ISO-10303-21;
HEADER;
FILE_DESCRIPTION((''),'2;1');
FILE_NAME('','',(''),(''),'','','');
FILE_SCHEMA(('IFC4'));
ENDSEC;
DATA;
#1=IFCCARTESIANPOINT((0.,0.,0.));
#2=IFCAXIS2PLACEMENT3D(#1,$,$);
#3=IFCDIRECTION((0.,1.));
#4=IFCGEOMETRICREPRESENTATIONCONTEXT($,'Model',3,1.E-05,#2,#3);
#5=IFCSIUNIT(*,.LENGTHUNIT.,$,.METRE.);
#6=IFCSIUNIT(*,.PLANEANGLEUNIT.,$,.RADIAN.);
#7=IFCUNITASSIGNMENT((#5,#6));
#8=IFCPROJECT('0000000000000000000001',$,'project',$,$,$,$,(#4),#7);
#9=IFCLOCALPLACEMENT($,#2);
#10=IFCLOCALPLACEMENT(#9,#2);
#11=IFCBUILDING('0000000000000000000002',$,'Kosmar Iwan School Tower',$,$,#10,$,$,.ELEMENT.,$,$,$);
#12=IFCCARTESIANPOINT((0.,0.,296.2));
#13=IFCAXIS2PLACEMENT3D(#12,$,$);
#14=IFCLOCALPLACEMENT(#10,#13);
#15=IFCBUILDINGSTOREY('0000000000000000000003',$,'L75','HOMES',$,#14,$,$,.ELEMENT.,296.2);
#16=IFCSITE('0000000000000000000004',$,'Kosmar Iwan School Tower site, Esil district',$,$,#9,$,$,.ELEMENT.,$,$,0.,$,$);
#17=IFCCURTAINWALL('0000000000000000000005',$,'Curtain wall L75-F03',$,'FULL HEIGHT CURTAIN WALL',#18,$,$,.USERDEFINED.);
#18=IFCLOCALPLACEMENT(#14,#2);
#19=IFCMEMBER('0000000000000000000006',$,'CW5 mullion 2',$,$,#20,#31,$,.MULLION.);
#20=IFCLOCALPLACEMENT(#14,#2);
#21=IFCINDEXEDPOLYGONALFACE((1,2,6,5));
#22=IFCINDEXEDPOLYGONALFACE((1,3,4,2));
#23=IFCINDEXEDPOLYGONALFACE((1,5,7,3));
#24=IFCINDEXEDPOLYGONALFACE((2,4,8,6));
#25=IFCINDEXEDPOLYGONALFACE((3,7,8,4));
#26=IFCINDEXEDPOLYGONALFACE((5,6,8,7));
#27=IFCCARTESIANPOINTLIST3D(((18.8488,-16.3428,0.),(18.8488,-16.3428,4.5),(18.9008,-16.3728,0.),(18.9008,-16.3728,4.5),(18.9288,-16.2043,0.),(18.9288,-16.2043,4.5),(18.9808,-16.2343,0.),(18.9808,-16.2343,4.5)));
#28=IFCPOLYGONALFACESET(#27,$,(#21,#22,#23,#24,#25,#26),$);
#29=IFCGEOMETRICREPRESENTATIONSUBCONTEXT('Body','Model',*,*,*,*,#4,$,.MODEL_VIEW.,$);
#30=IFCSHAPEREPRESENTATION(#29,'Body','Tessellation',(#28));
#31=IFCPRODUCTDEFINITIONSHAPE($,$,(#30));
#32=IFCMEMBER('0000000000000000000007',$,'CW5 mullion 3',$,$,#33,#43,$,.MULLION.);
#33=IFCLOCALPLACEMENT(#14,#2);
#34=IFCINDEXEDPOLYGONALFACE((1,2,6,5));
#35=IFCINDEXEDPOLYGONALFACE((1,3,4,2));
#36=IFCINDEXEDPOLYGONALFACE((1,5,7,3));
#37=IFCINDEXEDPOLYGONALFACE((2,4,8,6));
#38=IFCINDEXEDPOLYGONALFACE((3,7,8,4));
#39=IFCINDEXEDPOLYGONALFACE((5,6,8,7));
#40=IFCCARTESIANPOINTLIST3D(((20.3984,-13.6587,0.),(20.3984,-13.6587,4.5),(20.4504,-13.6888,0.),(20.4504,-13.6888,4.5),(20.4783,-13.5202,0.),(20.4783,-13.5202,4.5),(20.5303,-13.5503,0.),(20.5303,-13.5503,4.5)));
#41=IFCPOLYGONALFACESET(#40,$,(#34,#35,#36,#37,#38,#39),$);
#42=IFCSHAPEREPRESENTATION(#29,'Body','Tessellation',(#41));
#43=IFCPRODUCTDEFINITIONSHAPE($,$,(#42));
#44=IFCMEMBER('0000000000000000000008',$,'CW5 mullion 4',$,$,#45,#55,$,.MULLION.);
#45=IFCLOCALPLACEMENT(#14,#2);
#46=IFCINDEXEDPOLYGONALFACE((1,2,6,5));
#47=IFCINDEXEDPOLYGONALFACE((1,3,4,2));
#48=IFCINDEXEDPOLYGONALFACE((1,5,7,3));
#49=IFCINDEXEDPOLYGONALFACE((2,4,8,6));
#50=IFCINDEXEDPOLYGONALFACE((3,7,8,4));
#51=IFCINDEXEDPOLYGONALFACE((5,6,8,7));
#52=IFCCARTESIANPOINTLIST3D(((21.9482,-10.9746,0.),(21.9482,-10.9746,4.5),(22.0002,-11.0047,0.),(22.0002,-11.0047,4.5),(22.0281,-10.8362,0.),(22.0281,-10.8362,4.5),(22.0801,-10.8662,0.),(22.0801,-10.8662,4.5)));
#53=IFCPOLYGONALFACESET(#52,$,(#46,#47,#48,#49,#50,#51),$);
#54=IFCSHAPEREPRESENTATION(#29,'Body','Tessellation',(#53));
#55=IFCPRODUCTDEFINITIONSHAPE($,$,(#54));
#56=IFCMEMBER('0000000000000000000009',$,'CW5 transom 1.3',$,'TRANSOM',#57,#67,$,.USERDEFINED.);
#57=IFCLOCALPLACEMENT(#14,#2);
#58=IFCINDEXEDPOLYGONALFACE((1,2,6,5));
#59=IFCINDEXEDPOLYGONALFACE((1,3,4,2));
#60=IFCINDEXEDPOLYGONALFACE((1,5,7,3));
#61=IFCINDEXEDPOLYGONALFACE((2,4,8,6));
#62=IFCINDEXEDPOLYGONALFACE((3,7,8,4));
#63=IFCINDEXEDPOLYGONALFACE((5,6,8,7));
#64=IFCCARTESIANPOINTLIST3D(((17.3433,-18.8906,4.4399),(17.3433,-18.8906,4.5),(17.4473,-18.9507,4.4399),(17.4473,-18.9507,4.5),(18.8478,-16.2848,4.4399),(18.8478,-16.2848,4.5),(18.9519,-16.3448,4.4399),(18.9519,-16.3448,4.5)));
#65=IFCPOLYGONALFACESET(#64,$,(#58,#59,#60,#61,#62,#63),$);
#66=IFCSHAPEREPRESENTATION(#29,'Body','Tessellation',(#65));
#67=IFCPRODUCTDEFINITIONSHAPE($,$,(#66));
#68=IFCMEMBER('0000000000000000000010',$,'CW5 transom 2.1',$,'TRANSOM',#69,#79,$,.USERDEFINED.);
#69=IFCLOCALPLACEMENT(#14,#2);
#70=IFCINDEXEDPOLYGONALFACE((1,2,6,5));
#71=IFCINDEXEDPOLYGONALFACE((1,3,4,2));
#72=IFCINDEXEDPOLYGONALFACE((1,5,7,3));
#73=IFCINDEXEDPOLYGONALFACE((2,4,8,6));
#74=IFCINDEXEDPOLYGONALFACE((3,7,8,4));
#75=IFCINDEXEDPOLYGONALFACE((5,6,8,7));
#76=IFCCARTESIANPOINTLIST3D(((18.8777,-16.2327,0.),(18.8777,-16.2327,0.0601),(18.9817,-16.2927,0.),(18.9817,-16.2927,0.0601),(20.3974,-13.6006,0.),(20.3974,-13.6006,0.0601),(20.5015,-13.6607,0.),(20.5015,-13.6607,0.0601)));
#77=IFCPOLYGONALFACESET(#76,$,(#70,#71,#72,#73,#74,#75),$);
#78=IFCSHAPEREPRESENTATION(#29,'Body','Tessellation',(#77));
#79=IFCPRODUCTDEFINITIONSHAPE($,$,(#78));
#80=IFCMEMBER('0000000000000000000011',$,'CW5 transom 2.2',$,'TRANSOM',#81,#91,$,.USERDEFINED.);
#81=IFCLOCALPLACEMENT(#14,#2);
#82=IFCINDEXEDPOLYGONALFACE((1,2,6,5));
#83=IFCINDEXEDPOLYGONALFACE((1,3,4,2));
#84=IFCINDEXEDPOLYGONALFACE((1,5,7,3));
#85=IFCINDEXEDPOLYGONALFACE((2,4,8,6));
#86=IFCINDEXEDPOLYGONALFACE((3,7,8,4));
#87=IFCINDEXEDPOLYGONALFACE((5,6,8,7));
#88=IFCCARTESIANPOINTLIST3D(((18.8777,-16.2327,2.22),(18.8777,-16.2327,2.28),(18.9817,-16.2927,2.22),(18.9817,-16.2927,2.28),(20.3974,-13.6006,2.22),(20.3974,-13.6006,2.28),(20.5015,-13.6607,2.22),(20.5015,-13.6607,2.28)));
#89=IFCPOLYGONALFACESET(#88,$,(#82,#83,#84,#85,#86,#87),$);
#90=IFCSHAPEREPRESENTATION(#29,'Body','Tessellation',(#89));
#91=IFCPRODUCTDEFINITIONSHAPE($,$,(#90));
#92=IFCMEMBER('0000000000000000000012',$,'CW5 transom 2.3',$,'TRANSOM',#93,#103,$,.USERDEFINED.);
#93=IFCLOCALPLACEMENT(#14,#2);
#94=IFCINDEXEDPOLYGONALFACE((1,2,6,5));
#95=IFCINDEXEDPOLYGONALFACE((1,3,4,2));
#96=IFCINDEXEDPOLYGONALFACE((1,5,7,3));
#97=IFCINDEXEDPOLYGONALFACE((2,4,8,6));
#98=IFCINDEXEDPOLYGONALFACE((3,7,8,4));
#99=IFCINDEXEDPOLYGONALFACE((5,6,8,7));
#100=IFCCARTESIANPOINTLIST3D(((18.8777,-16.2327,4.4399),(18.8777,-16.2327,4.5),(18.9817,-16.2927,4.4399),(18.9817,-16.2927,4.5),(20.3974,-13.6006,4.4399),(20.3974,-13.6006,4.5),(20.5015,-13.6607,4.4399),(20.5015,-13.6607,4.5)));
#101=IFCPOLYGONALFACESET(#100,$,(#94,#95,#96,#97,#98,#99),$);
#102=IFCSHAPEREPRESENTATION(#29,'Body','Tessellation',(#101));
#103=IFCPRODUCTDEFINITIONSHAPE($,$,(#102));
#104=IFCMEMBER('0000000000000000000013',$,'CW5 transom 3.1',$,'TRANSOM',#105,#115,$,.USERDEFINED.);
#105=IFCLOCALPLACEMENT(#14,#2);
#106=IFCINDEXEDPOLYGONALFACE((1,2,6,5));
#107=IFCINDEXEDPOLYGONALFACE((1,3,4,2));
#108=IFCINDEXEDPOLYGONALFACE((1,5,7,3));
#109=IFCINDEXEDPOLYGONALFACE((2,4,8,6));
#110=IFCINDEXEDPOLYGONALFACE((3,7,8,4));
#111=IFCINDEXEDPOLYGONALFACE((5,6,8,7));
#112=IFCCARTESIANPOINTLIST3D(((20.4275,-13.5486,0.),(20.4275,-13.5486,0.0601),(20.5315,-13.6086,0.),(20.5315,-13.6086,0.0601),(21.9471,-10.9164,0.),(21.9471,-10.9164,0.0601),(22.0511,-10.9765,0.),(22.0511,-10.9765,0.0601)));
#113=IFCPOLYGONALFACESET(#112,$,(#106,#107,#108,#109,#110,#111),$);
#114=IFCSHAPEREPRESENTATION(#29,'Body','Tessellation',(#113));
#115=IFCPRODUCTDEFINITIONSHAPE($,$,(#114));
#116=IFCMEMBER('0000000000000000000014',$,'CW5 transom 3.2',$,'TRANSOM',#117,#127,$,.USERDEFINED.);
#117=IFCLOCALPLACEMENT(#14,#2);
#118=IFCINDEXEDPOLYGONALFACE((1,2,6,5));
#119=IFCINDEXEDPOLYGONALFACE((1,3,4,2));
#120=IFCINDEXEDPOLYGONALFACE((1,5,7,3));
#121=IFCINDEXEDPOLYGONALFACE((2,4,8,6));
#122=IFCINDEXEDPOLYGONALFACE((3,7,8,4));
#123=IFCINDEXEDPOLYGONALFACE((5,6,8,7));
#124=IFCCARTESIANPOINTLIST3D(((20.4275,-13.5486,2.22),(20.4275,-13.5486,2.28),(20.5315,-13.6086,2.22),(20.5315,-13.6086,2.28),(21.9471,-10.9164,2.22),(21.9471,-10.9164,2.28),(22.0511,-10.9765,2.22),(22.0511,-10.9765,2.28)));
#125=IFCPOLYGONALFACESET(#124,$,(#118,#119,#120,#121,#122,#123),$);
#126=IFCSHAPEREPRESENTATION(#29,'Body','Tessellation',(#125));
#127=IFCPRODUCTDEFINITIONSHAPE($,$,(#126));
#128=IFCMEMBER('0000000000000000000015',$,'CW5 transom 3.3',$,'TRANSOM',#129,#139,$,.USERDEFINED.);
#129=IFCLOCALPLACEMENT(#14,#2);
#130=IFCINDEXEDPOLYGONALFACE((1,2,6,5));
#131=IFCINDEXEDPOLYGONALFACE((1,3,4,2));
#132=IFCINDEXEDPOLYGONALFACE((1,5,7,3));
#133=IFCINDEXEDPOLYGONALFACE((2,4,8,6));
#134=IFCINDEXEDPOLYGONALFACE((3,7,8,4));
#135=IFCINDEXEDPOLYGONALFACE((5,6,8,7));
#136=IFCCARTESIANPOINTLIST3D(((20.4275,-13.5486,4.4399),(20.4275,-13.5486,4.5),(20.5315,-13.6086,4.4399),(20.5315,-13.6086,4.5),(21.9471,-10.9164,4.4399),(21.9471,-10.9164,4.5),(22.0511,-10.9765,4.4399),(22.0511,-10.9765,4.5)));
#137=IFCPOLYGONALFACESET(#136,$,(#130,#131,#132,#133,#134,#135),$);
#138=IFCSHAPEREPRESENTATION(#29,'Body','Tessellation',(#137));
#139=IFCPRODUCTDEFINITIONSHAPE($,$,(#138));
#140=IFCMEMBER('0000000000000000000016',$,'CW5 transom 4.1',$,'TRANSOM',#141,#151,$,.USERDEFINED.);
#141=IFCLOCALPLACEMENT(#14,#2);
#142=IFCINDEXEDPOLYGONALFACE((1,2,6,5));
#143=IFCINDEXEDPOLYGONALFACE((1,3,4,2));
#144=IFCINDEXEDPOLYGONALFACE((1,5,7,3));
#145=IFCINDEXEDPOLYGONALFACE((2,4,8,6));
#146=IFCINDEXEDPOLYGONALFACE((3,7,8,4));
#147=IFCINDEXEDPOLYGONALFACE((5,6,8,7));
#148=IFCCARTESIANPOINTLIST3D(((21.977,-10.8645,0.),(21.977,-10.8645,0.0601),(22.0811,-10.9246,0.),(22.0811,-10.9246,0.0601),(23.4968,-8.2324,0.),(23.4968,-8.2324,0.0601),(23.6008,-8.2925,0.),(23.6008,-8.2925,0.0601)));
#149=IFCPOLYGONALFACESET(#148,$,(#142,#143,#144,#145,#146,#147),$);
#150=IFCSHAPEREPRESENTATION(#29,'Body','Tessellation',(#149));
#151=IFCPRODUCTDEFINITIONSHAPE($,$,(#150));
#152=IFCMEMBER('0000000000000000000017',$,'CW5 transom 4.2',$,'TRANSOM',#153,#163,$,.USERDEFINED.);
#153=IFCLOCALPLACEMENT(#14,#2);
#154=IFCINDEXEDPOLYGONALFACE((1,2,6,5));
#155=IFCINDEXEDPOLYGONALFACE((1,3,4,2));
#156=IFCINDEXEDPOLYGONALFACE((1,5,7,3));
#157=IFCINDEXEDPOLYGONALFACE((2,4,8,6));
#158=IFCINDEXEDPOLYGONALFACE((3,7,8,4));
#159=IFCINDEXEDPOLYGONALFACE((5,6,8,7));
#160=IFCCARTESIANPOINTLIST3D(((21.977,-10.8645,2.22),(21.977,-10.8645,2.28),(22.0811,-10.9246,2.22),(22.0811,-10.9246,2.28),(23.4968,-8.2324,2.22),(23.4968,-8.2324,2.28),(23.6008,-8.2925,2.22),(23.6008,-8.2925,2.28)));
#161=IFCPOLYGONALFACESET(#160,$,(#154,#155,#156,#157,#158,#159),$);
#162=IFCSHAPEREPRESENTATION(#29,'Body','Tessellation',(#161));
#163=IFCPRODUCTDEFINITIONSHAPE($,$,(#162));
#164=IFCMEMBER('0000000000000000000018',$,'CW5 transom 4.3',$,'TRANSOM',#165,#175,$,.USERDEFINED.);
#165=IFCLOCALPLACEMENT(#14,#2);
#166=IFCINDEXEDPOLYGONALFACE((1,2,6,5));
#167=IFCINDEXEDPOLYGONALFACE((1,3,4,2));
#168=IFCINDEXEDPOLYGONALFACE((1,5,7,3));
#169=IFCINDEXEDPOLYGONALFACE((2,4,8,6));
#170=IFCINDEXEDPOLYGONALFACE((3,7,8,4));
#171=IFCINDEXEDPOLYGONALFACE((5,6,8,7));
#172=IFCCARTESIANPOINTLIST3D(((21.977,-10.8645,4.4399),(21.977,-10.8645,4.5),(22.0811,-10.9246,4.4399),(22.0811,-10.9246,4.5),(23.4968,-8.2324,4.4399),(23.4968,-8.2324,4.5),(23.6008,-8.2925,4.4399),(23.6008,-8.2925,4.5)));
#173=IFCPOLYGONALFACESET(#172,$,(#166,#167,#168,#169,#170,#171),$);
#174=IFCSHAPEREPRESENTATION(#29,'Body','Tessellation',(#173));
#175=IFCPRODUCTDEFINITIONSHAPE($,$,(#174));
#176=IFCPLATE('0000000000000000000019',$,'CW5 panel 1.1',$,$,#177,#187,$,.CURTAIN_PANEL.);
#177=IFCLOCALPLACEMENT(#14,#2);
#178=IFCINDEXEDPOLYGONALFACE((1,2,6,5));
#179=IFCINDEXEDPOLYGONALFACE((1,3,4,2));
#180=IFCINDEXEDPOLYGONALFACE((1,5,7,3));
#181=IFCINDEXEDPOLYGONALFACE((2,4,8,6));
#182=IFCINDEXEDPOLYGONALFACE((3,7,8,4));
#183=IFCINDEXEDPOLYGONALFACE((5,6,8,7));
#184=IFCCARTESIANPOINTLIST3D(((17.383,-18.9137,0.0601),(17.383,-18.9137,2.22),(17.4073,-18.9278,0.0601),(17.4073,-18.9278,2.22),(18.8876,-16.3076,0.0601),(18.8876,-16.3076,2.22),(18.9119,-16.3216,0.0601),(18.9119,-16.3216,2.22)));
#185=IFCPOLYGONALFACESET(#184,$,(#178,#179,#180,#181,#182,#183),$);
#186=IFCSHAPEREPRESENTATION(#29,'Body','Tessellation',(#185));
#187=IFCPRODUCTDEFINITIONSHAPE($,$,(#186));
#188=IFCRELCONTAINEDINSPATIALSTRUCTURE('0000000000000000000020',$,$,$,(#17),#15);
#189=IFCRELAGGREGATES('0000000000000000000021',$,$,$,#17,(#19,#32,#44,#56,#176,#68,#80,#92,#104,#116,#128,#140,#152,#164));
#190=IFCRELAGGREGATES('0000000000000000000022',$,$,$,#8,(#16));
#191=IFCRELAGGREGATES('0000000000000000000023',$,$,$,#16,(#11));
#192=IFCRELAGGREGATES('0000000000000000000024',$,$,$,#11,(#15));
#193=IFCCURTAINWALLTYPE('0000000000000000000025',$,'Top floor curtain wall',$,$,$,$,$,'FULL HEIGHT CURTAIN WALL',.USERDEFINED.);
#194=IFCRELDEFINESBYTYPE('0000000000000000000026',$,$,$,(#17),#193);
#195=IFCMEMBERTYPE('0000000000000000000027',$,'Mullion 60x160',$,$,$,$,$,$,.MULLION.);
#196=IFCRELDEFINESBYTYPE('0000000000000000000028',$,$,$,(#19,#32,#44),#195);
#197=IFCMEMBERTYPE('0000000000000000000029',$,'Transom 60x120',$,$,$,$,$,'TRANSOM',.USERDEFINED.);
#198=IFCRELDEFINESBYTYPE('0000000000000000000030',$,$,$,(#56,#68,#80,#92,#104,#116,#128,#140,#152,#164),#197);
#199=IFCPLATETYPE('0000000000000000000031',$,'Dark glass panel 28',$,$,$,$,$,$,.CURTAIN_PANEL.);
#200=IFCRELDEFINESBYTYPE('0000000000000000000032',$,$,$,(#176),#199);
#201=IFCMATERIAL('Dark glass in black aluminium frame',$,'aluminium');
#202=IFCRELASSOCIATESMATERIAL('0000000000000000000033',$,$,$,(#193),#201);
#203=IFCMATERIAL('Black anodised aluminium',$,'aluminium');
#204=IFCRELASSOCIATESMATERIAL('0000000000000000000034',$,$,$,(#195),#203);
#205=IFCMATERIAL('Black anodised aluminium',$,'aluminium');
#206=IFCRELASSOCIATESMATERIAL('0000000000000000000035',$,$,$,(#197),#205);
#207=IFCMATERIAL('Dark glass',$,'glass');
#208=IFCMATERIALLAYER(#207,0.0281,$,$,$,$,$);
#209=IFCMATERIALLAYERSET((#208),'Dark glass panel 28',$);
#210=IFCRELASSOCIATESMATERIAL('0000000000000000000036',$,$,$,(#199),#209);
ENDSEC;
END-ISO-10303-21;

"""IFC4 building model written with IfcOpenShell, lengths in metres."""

from ifc_helpers import new_model, si_unit, direction, frame, origin, origin_2d, place, context, subcontext, project, spatial, rectangle, extrude, material, layer, layer_set, material_profile, profile_set, type_object, element, aggregate, save


model = new_model("IFC4")

# Units and contexts
model_context = context("Model", 3, precision=1e-05, world=origin(), true_north=direction((0.0, 1.0)))
body_context = subcontext(model_context, "Body", "Model", "MODEL_VIEW")
ifc_project = project(units=[si_unit("LENGTHUNIT", "METRE"), si_unit("PLANEANGLEUNIT", "RADIAN")], contexts=[model_context])

# Site, building, storey
site_placement = place(None, origin())
site = spatial("IfcSite", under=ifc_project, at=site_placement, Name="Kosmar Iwan School Tower site, Esil district", CompositionType="ELEMENT", RefElevation=0.0)
building_placement = place(site_placement, origin())
building = spatial("IfcBuilding", under=site, at=building_placement, Name="Kosmar Iwan School Tower", CompositionType="ELEMENT")
storey_placement = place(building_placement, frame((0.0, 0.0, 296.2)))
storey = spatial("IfcBuildingStorey", under=building, at=storey_placement, Name="L75", Description="HOMES", CompositionType="ELEMENT", Elevation=296.2)

# Curtain wall, members, plate
ifc_material_1 = material(Name="Dark glass in black aluminium frame", Category="aluminium")
curtain_wall_type = type_object("IfcCurtainWallType", Name="Top floor curtain wall", ElementType="FULL HEIGHT CURTAIN WALL", PredefinedType="USERDEFINED", material=ifc_material_1)
curtain_wall_placement = place(storey_placement, origin())
curtain_wall = element("IfcCurtainWall", 1, at=curtain_wall_placement, inside=storey, type_object=curtain_wall_type, Name="Curtain wall L75-F03", ObjectType="FULL HEIGHT CURTAIN WALL", PredefinedType="USERDEFINED")
ifc_material_2 = material(Name="Black anodised aluminium", Category="aluminium")
ifc_material_profile_1 = material_profile(ifc_material_2, rectangle(XDim=0.0601, YDim=0.1599, at=origin_2d()), Name="MULLION 60x160")
ifc_profile_set_1 = profile_set([ifc_material_profile_1], Name="Black anodised aluminium")
member_type_1 = type_object("IfcMemberType", Name="Mullion 60x160", PredefinedType="MULLION", material=ifc_profile_set_1)
member_1_placement = place(storey_placement, frame((18.9148, -16.2886, 0.0), z_axis=(0.0, 0.0, 1.0), x_axis=(-0.866025, 0.5, 0.0)))
member_1 = element("IfcMember", 2, at=member_1_placement, type_object=member_type_1, Name="CW5 mullion 2", PredefinedType="MULLION", context=body_context, shape_type="SweptSolid", body=[
    extrude(rectangle(XDim=0.0601, YDim=0.1599, at=origin_2d()), origin(), (0.0, 0.0, 1.0), 4.5),
])
member_2_placement = place(storey_placement, frame((20.4644, -13.6045, 0.0), z_axis=(0.0, 0.0, 1.0), x_axis=(-0.866025, 0.5, 0.0)))
member_2 = element("IfcMember", 3, at=member_2_placement, type_object=member_type_1, Name="CW5 mullion 3", PredefinedType="MULLION", context=body_context, shape_type="SweptSolid", body=[
    extrude(rectangle(XDim=0.0601, YDim=0.1599, at=origin_2d()), origin(), (0.0, 0.0, 1.0), 4.5),
])
member_3_placement = place(storey_placement, frame((22.0142, -10.9204, 0.0), z_axis=(0.0, 0.0, 1.0), x_axis=(-0.866025, 0.5, 0.0)))
member_3 = element("IfcMember", 4, at=member_3_placement, type_object=member_type_1, Name="CW5 mullion 4", PredefinedType="MULLION", context=body_context, shape_type="SweptSolid", body=[
    extrude(rectangle(XDim=0.0601, YDim=0.1599, at=origin_2d()), origin(), (0.0, 0.0, 1.0), 4.5),
])
ifc_material_3 = material(Name="Black anodised aluminium", Category="aluminium")
ifc_material_profile_2 = material_profile(ifc_material_3, rectangle(XDim=0.1201, YDim=0.0601, at=origin_2d()), Name="TRANSOM 60x120")
ifc_profile_set_2 = profile_set([ifc_material_profile_2], Name="Black anodised aluminium")
member_type_2 = type_object("IfcMemberType", Name="Transom 60x120", ElementType="TRANSOM", PredefinedType="USERDEFINED", material=ifc_profile_set_2)
member_4_placement = place(storey_placement, frame((17.3953, -18.9207, 4.47), z_axis=(0.500022, 0.866013, 0.0), x_axis=(-0.866013, 0.500022, 0.0)))
member_4 = element("IfcMember", 5, at=member_4_placement, type_object=member_type_2, Name="CW5 transom 1.3", ObjectType="TRANSOM", PredefinedType="USERDEFINED", context=body_context, shape_type="SweptSolid", body=[
    extrude(rectangle(XDim=0.1201, YDim=0.0601, at=origin_2d()), origin(), (0.0, 0.0, 1.0), 3.009),
])
member_5_placement = place(storey_placement, frame((18.9297, -16.2627, 0.03), z_axis=(0.500035, 0.866005, 0.0), x_axis=(-0.866005, 0.500035, 0.0)))
member_5 = element("IfcMember", 6, at=member_5_placement, type_object=member_type_2, Name="CW5 transom 2.1", ObjectType="TRANSOM", PredefinedType="USERDEFINED", context=body_context, shape_type="SweptSolid", body=[
    extrude(rectangle(XDim=0.1201, YDim=0.0601, at=origin_2d()), origin(), (0.0, 0.0, 1.0), 3.0393),
])
member_6_placement = place(storey_placement, frame((18.9297, -16.2627, 2.25), z_axis=(0.500035, 0.866005, 0.0), x_axis=(-0.866005, 0.500035, 0.0)))
member_6 = element("IfcMember", 7, at=member_6_placement, type_object=member_type_2, Name="CW5 transom 2.2", ObjectType="TRANSOM", PredefinedType="USERDEFINED", context=body_context, shape_type="SweptSolid", body=[
    extrude(rectangle(XDim=0.1201, YDim=0.0601, at=origin_2d()), origin(), (0.0, 0.0, 1.0), 3.0393),
])
member_7_placement = place(storey_placement, frame((18.9297, -16.2627, 4.47), z_axis=(0.500035, 0.866005, 0.0), x_axis=(-0.866005, 0.500035, 0.0)))
member_7 = element("IfcMember", 8, at=member_7_placement, type_object=member_type_2, Name="CW5 transom 2.3", ObjectType="TRANSOM", PredefinedType="USERDEFINED", context=body_context, shape_type="SweptSolid", body=[
    extrude(rectangle(XDim=0.1201, YDim=0.0601, at=origin_2d()), origin(), (0.0, 0.0, 1.0), 3.0393),
])
member_8_placement = place(storey_placement, frame((20.4795, -13.5786, 0.03), z_axis=(0.499975, 0.86604, 0.0), x_axis=(-0.86604, 0.499975, 0.0)))
member_8 = element("IfcMember", 9, at=member_8_placement, type_object=member_type_2, Name="CW5 transom 3.1", ObjectType="TRANSOM", PredefinedType="USERDEFINED", context=body_context, shape_type="SweptSolid", body=[
    extrude(rectangle(XDim=0.1201, YDim=0.0601, at=origin_2d()), origin(), (0.0, 0.0, 1.0), 3.0393),
])
member_9_placement = place(storey_placement, frame((20.4795, -13.5786, 2.25), z_axis=(0.499975, 0.86604, 0.0), x_axis=(-0.86604, 0.499975, 0.0)))
member_9 = element("IfcMember", 10, at=member_9_placement, type_object=member_type_2, Name="CW5 transom 3.2", ObjectType="TRANSOM", PredefinedType="USERDEFINED", context=body_context, shape_type="SweptSolid", body=[
    extrude(rectangle(XDim=0.1201, YDim=0.0601, at=origin_2d()), origin(), (0.0, 0.0, 1.0), 3.0393),
])
member_10_placement = place(storey_placement, frame((20.4795, -13.5786, 4.47), z_axis=(0.499975, 0.86604, 0.0), x_axis=(-0.86604, 0.499975, 0.0)))
member_10 = element("IfcMember", 11, at=member_10_placement, type_object=member_type_2, Name="CW5 transom 3.3", ObjectType="TRANSOM", PredefinedType="USERDEFINED", context=body_context, shape_type="SweptSolid", body=[
    extrude(rectangle(XDim=0.1201, YDim=0.0601, at=origin_2d()), origin(), (0.0, 0.0, 1.0), 3.0393),
])
member_11_placement = place(storey_placement, frame((22.0291, -10.8945, 0.03), z_axis=(0.500035, 0.866005, 0.0), x_axis=(-0.866005, 0.500035, 0.0)))
member_11 = element("IfcMember", 12, at=member_11_placement, type_object=member_type_2, Name="CW5 transom 4.1", ObjectType="TRANSOM", PredefinedType="USERDEFINED", context=body_context, shape_type="SweptSolid", body=[
    extrude(rectangle(XDim=0.1201, YDim=0.0601, at=origin_2d()), origin(), (0.0, 0.0, 1.0), 3.0393),
])
member_12_placement = place(storey_placement, frame((22.0291, -10.8945, 2.25), z_axis=(0.500035, 0.866005, 0.0), x_axis=(-0.866005, 0.500035, 0.0)))
member_12 = element("IfcMember", 13, at=member_12_placement, type_object=member_type_2, Name="CW5 transom 4.2", ObjectType="TRANSOM", PredefinedType="USERDEFINED", context=body_context, shape_type="SweptSolid", body=[
    extrude(rectangle(XDim=0.1201, YDim=0.0601, at=origin_2d()), origin(), (0.0, 0.0, 1.0), 3.0393),
])
member_13_placement = place(storey_placement, frame((22.0291, -10.8945, 4.47), z_axis=(0.500035, 0.866005, 0.0), x_axis=(-0.866005, 0.500035, 0.0)))
member_13 = element("IfcMember", 14, at=member_13_placement, type_object=member_type_2, Name="CW5 transom 4.3", ObjectType="TRANSOM", PredefinedType="USERDEFINED", context=body_context, shape_type="SweptSolid", body=[
    extrude(rectangle(XDim=0.1201, YDim=0.0601, at=origin_2d()), origin(), (0.0, 0.0, 1.0), 3.0393),
])
ifc_material_4 = material(Name="Dark glass", Category="glass")
ifc_layer_1 = layer(ifc_material_4, 0.0281)
ifc_layer_set_1 = layer_set([ifc_layer_1], Name="Dark glass panel 28")
plate_type = type_object("IfcPlateType", Name="Dark glass panel 28", PredefinedType="CURTAIN_PANEL", material=ifc_layer_set_1)
plate_1_placement = place(storey_placement, frame((18.1475, -17.6177, 0.0601), z_axis=(0.0, 0.0, 1.0), x_axis=(0.5, 0.866025, 0.0)))
plate_1 = element("IfcPlate", 15, at=plate_1_placement, type_object=plate_type, Name="CW5 panel 1.1", PredefinedType="CURTAIN_PANEL", context=body_context, shape_type="SweptSolid", body=[
    extrude(rectangle(XDim=3.0093, YDim=0.0281, at=origin_2d()), origin(), (0.0, 0.0, 1.0), 2.1599),
])
aggregate(curtain_wall, [member_1, member_2, member_3, member_4, plate_1, member_5, member_6, member_7, member_8, member_9, member_10, member_11, member_12, member_13])

save(model, "model.ifc")
